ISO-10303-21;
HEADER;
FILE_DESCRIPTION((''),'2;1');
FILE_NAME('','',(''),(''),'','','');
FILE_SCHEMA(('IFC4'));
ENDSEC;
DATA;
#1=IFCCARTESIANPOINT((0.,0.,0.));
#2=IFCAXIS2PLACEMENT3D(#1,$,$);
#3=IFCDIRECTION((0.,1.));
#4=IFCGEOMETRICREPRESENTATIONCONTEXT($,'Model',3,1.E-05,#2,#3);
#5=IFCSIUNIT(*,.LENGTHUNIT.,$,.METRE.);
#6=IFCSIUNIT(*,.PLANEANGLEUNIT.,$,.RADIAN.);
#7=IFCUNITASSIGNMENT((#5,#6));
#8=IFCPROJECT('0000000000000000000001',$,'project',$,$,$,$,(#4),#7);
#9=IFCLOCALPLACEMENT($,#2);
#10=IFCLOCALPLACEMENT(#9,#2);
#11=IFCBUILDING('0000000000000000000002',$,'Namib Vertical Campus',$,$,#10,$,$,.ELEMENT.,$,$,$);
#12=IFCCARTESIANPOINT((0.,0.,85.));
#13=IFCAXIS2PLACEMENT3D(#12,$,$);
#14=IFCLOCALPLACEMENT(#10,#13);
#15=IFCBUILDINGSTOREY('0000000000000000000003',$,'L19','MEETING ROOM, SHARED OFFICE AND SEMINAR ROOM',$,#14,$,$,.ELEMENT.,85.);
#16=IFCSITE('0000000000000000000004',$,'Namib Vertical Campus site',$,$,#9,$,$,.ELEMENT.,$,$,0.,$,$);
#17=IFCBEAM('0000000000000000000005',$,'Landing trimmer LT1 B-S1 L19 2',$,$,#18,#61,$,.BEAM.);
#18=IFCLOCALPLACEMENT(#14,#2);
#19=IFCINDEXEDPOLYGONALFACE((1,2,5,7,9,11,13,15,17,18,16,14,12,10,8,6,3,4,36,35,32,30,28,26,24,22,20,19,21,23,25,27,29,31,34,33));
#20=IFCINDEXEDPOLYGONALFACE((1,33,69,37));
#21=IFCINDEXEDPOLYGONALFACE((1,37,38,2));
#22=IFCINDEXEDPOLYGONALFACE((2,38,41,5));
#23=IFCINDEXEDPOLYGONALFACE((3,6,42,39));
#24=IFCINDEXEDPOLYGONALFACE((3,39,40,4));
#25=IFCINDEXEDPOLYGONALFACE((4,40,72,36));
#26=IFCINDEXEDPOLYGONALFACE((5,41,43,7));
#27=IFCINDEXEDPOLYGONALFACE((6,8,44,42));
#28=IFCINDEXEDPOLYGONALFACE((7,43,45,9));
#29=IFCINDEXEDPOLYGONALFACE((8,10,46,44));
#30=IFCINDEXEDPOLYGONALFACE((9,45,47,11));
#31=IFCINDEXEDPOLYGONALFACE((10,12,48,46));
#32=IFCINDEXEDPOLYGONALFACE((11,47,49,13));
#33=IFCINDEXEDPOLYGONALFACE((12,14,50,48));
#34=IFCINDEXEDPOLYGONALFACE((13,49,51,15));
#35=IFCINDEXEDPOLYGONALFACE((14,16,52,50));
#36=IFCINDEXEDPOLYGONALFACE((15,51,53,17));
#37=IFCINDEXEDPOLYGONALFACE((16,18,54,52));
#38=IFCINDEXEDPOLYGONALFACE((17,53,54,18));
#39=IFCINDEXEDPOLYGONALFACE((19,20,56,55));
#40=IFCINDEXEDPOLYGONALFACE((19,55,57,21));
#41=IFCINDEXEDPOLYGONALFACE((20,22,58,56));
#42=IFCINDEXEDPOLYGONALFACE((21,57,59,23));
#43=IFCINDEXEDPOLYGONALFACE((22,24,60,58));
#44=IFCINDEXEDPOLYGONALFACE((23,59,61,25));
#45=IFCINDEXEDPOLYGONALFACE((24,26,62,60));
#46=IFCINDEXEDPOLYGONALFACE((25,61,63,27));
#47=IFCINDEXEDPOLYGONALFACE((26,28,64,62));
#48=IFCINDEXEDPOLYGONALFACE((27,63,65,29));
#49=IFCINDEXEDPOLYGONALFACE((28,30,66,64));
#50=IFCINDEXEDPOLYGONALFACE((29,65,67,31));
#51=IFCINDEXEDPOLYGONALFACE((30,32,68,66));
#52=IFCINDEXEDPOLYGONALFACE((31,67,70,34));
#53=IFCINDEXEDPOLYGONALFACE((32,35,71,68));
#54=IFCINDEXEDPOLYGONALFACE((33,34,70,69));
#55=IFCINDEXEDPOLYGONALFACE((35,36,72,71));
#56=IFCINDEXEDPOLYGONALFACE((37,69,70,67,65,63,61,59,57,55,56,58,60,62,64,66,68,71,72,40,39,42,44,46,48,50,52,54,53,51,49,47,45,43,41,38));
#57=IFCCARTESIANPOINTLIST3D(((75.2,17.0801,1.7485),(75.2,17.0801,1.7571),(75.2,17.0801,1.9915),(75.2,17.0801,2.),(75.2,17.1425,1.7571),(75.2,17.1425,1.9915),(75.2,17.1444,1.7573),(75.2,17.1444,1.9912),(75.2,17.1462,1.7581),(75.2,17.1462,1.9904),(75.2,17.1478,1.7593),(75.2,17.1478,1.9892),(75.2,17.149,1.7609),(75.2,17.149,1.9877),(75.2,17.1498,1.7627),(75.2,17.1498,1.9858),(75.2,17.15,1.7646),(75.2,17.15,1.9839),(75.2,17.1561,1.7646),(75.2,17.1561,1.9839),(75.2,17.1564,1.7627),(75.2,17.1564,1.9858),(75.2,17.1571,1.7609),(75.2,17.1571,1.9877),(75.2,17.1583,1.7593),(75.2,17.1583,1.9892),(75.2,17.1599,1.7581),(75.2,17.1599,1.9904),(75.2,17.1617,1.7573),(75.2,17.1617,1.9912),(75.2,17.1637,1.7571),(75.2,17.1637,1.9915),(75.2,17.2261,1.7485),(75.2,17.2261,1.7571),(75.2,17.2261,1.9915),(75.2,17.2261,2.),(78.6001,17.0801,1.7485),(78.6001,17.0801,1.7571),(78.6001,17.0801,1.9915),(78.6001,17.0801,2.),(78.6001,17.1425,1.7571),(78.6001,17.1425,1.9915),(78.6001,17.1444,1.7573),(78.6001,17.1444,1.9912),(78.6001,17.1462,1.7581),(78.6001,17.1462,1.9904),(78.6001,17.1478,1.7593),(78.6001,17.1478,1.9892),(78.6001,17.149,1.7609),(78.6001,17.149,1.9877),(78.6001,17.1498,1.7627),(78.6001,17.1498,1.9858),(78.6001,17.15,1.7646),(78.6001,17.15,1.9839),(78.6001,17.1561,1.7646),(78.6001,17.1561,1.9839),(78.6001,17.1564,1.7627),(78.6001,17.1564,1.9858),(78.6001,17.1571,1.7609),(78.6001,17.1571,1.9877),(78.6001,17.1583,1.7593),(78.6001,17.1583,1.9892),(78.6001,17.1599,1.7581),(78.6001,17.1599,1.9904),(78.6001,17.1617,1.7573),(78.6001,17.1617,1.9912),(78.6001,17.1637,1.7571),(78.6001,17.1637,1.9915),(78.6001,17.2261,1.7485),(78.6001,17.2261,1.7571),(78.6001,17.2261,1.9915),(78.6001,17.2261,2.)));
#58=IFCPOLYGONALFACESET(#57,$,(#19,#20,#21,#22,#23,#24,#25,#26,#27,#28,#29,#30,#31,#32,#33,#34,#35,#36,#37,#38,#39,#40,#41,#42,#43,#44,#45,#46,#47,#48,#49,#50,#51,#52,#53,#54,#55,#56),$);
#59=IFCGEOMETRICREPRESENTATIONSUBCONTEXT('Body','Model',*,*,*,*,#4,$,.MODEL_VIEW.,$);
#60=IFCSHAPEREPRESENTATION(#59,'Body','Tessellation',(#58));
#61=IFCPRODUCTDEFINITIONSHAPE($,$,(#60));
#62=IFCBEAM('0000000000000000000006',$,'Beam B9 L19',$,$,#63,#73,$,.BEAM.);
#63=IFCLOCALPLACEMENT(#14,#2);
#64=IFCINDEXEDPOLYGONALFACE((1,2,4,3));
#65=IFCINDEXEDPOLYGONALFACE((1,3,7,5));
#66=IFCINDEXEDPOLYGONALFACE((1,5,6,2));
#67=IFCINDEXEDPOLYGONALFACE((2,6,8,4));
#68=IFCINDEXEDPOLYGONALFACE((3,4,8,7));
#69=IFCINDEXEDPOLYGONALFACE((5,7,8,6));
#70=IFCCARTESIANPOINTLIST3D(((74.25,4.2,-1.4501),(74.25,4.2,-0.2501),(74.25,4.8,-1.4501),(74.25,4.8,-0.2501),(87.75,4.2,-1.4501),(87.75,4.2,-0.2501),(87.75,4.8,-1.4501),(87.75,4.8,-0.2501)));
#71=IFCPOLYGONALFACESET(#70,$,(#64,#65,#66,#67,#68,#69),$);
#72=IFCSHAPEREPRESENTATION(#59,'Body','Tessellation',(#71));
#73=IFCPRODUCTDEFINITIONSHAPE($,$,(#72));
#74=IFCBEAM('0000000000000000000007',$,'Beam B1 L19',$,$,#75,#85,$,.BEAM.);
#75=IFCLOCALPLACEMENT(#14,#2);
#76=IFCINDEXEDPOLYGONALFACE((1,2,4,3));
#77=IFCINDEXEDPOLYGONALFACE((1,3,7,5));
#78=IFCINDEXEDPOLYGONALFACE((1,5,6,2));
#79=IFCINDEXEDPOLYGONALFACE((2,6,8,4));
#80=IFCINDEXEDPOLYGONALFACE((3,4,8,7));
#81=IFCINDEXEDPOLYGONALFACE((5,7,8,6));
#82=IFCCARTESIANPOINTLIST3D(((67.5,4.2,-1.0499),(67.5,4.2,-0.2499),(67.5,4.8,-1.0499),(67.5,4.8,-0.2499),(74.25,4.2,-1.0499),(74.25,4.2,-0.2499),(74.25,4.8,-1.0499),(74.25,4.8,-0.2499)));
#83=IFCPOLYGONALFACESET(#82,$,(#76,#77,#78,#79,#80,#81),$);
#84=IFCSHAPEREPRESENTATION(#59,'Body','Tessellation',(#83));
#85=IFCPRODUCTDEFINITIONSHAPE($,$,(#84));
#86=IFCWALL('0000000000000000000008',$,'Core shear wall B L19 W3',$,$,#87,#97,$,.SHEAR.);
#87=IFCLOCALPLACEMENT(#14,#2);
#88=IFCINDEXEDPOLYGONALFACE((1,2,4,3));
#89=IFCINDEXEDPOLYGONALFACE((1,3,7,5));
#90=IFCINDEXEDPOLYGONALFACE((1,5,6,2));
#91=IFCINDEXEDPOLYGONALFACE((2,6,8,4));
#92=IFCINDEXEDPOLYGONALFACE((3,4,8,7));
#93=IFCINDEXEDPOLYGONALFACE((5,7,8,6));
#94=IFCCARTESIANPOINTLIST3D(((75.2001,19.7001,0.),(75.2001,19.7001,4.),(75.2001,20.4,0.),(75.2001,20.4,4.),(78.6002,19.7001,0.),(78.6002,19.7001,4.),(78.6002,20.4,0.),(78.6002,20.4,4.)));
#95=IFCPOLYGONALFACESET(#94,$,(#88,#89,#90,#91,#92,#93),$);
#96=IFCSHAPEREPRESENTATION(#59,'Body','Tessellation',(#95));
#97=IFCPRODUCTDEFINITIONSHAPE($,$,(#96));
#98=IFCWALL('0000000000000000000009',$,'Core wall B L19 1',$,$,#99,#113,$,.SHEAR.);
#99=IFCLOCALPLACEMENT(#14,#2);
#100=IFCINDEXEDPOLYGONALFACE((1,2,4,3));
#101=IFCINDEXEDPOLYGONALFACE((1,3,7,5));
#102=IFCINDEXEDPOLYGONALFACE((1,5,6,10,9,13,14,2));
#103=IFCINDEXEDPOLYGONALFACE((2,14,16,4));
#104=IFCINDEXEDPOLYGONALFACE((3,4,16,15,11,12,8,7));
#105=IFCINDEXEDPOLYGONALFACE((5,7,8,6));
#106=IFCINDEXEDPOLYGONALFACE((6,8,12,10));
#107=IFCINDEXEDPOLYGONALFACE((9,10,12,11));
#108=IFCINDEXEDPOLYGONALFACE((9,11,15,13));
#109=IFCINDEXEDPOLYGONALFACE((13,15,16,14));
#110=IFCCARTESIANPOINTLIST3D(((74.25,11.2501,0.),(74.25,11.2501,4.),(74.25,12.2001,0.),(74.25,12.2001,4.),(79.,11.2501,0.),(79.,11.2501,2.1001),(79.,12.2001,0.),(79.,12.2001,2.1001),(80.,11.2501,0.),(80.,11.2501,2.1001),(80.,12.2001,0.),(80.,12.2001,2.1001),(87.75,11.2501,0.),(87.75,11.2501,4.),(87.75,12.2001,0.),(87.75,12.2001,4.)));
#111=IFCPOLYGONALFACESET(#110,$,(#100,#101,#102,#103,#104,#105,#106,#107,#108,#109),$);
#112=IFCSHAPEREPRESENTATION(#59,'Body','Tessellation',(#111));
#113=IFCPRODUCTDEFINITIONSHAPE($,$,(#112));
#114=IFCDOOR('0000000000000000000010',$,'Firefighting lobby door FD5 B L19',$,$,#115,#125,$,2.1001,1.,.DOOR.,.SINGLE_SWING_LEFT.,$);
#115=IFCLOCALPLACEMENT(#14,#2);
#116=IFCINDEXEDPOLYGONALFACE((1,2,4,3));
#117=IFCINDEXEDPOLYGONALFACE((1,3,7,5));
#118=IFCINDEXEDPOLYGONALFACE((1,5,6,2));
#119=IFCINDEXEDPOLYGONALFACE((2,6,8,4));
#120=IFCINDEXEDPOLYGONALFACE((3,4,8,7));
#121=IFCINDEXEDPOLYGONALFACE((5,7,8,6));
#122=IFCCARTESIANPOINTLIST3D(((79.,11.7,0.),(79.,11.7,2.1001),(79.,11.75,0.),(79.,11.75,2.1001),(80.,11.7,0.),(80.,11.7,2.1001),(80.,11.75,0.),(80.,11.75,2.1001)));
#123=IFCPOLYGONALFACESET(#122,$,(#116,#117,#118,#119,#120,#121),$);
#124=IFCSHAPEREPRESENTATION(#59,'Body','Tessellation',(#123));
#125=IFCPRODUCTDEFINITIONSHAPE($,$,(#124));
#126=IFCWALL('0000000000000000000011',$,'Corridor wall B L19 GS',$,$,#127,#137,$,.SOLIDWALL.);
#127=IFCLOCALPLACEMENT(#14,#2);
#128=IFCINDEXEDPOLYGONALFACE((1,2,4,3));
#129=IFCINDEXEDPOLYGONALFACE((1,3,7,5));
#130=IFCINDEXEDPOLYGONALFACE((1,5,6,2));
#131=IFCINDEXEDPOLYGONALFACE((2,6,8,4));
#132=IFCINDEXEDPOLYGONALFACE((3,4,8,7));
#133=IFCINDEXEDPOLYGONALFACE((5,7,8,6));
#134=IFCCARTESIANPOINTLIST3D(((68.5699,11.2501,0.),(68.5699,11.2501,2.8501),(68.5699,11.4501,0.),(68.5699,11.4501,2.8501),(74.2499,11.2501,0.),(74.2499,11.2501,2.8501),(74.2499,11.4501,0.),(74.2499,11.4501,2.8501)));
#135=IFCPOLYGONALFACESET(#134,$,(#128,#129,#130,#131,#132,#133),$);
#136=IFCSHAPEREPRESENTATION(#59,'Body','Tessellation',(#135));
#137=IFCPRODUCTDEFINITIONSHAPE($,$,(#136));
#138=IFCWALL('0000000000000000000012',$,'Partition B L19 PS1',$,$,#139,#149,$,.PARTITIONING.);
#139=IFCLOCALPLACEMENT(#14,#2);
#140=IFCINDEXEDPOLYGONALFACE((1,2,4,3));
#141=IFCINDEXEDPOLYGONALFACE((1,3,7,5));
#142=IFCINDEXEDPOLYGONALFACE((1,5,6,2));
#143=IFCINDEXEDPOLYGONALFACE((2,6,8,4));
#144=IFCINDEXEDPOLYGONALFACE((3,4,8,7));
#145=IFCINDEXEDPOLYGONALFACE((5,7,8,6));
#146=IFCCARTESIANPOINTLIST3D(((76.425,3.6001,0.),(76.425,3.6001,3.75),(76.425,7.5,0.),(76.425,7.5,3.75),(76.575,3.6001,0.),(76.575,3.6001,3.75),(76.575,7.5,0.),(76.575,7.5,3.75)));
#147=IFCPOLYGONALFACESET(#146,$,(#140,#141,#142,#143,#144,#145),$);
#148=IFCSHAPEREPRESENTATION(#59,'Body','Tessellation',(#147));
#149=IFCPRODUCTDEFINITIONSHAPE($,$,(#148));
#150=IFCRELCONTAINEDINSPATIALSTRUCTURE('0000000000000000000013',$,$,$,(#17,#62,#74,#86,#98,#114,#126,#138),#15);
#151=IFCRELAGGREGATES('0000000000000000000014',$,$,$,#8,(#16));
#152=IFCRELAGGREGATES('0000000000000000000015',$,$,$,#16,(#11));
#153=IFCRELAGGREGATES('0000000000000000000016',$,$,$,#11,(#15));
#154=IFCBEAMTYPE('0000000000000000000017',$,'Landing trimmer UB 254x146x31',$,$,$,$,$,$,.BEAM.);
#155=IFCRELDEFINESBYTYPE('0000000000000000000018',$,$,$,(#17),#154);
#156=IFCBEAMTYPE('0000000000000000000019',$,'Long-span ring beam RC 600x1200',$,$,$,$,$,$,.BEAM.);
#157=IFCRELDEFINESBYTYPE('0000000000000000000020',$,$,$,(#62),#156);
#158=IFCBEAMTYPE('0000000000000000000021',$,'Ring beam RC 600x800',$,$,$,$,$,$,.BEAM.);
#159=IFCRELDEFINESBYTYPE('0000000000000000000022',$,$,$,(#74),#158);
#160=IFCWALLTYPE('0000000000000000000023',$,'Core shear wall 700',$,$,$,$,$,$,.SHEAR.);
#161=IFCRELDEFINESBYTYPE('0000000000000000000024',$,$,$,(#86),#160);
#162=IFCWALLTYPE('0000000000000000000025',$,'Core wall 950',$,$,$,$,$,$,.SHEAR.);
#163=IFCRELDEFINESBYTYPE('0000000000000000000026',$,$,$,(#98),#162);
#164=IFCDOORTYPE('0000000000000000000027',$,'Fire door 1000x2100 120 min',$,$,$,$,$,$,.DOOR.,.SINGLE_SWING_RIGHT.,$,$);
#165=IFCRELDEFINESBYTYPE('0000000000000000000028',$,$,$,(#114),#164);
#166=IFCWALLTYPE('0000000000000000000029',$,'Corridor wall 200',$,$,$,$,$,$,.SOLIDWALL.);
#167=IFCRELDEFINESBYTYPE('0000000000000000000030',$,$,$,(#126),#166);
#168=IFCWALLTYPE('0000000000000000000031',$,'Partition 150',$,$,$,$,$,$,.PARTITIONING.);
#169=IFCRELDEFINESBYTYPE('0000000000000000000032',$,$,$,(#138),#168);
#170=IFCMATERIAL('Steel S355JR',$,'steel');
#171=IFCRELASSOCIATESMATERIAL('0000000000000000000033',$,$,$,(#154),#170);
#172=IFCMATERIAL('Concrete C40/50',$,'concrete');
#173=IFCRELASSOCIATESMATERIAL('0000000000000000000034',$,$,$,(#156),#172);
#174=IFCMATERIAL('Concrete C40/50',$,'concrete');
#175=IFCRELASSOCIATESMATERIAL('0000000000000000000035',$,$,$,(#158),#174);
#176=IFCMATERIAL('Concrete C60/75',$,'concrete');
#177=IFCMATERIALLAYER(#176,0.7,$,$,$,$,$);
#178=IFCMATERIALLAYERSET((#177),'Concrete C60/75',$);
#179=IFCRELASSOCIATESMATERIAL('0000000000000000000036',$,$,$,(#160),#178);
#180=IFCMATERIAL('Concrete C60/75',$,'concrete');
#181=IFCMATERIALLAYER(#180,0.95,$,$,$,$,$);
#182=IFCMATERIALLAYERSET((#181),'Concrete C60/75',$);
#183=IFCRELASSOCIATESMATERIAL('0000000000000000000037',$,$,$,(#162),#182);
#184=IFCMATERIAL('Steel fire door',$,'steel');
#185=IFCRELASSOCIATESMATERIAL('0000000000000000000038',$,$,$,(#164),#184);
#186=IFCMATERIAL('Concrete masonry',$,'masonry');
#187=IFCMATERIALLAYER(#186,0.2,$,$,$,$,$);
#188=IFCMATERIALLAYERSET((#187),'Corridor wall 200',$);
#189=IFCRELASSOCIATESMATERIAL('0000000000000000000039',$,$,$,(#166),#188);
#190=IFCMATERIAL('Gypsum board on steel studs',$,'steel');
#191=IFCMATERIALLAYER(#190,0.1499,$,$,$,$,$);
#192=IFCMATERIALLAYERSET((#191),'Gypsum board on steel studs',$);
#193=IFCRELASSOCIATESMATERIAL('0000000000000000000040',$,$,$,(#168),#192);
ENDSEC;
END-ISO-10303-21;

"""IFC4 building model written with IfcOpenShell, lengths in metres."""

from ifc_helpers import new_model, si_unit, direction, frame, frame_2d, origin, origin_2d, place, context, subcontext, project, spatial, rectangle, i_section, extrude, material, layer, layer_set, material_profile, profile_set, type_object, element, fill, save


model = new_model("IFC4")

# Units and contexts
model_context = context("Model", 3, precision=1e-05, world=origin(), true_north=direction((0.0, 1.0)))
body_context = subcontext(model_context, "Body", "Model", "MODEL_VIEW")
ifc_project = project(units=[si_unit("LENGTHUNIT", "METRE"), si_unit("PLANEANGLEUNIT", "RADIAN")], contexts=[model_context])

# Site, building, storey
site_placement = place(None, origin())
site = spatial("IfcSite", under=ifc_project, at=site_placement, Name="Namib Vertical Campus site", CompositionType="ELEMENT", RefElevation=0.0)
building_placement = place(site_placement, origin())
building = spatial("IfcBuilding", under=site, at=building_placement, Name="Namib Vertical Campus", CompositionType="ELEMENT")
storey_placement = place(building_placement, frame((0.0, 0.0, 85.0)))
storey = spatial("IfcBuildingStorey", under=building, at=storey_placement, Name="L19", Description="MEETING ROOM, SHARED OFFICE AND SEMINAR ROOM", CompositionType="ELEMENT", Elevation=85.0)

# Beams
ifc_material_1 = material(Name="Steel S355JR", Category="steel")
ifc_material_profile_1 = material_profile(ifc_material_1, i_section(OverallWidth=0.146, OverallDepth=0.2515, WebThickness=0.0061, FlangeThickness=0.0085, FilletRadius=0.0076, at=origin_2d()))
ifc_profile_set_1 = profile_set([ifc_material_profile_1], Name="Steel S355JR")
beam_type_1 = type_object("IfcBeamType", Name="Landing trimmer UB 254x146x31", PredefinedType="BEAM", material=ifc_profile_set_1)
for number, where, z_axis, x_axis, name in (
    (1, (75.2, 17.1531, 1.8743), (1.0, 0.0, 0.0), (0.0, 1.0, 0.0), "Landing trimmer LT1 B-S1 L19 2"),
):
    element("IfcBeam", number, at=place(storey_placement, frame(where, z_axis=z_axis, x_axis=x_axis)), inside=storey, type_object=beam_type_1, Name=name, PredefinedType="BEAM", context=body_context, shape_type="SweptSolid", body=[
        extrude(i_section(OverallWidth=0.146, OverallDepth=0.2515, WebThickness=0.0061, FlangeThickness=0.0085, FilletRadius=0.0076, at=origin_2d()), origin(), (0.0, 0.0, 1.0), 3.4001),
    ])
ifc_material_2 = material(Name="Concrete C40/50", Category="concrete")
ifc_material_profile_2 = material_profile(ifc_material_2, rectangle(XDim=0.6001, YDim=1.2, at=origin_2d()))
ifc_profile_set_2 = profile_set([ifc_material_profile_2], Name="Concrete C40/50")
beam_type_2 = type_object("IfcBeamType", Name="Long-span ring beam RC 600x1200", PredefinedType="BEAM", material=ifc_profile_set_2)
beam_1_placement = place(storey_placement, frame((74.25, 4.5, -0.8501), z_axis=(1.0, 0.0, 0.0), x_axis=(0.0, 1.0, 0.0)))
element("IfcBeam", 2, at=beam_1_placement, inside=storey, type_object=beam_type_2, Name="Beam B9 L19", PredefinedType="BEAM", context=body_context, shape_type="SweptSolid", body=[
    extrude(rectangle(XDim=0.6001, YDim=1.2, at=origin_2d()), origin(), (0.0, 0.0, 1.0), 13.5),
])
ifc_material_3 = material(Name="Concrete C40/50", Category="concrete")
ifc_material_profile_3 = material_profile(ifc_material_3, rectangle(XDim=0.6001, YDim=0.8, at=origin_2d()))
ifc_profile_set_3 = profile_set([ifc_material_profile_3], Name="Concrete C40/50")
beam_type_3 = type_object("IfcBeamType", Name="Ring beam RC 600x800", PredefinedType="BEAM", material=ifc_profile_set_3)
beam_2_placement = place(storey_placement, frame((67.5, 4.5, -0.6499), z_axis=(1.0, 0.0, 0.0), x_axis=(0.0, 1.0, 0.0)))
element("IfcBeam", 3, at=beam_2_placement, inside=storey, type_object=beam_type_3, Name="Beam B1 L19", PredefinedType="BEAM", context=body_context, shape_type="SweptSolid", body=[
    extrude(rectangle(XDim=0.6001, YDim=0.8, at=origin_2d()), origin(), (0.0, 0.0, 1.0), 6.75),
])

# Wall
ifc_material_4 = material(Name="Concrete C60/75", Category="concrete")
ifc_layer_1 = layer(ifc_material_4, 0.7)
ifc_layer_set_1 = layer_set([ifc_layer_1], Name="Concrete C60/75")
wall_type_1 = type_object("IfcWallType", Name="Core shear wall 700", PredefinedType="SHEAR", material=ifc_layer_set_1)
wall_1_placement = place(storey_placement, frame((75.2, 20.05, 0.0), z_axis=(0.0, 0.0, 1.0), x_axis=(1.0, 0.0, 0.0)))
element("IfcWall", 4, at=wall_1_placement, inside=storey, type_object=wall_type_1, Name="Core shear wall B L19 W3", PredefinedType="SHEAR", context=body_context, shape_type="SweptSolid", body=[
    extrude(rectangle(XDim=3.4001, YDim=0.7, at=frame_2d((1.7002, 0.0))), origin(), (0.0, 0.0, 1.0), 4.0),
])

# Wall, opening, door
ifc_material_5 = material(Name="Concrete C60/75", Category="concrete")
ifc_layer_2 = layer(ifc_material_5, 0.95)
ifc_layer_set_2 = layer_set([ifc_layer_2], Name="Concrete C60/75")
wall_type_2 = type_object("IfcWallType", Name="Core wall 950", PredefinedType="SHEAR", material=ifc_layer_set_2)
wall_2_placement = place(storey_placement, frame((74.25, 11.7251, 0.0), z_axis=(0.0, 0.0, 1.0), x_axis=(1.0, 0.0, 0.0)))
wall_2 = element("IfcWall", 5, at=wall_2_placement, inside=storey, type_object=wall_type_2, Name="Core wall B L19 1", PredefinedType="SHEAR", context=body_context, shape_type="SweptSolid", body=[
    extrude(rectangle(XDim=13.5, YDim=0.95, at=frame_2d((6.75, 0.0))), origin(), (0.0, 0.0, 1.0), 4.0),
])
opening_placement = place(wall_2_placement, frame((4.75, 0.0, 0.0)))
opening = element("IfcOpeningElement", 6, at=opening_placement, cuts=wall_2, PredefinedType="OPENING", context=body_context, shape_type="SweptSolid", body=[
    extrude(rectangle(XDim=1.0, YDim=2.1001, at=frame_2d((0.5, 1.05))), frame((0.0, 0.4849, 0.0), z_axis=(0.0, -1.0, 0.0), x_axis=(1.0, 0.0, 0.0)), (0.0, 0.0, 1.0), 0.97),
])
ifc_material_6 = material(Name="Steel fire door", Category="steel")
door_type = type_object("IfcDoorType", Name="Fire door 1000x2100 120 min", OperationType="SINGLE_SWING_RIGHT", PredefinedType="DOOR", material=ifc_material_6)
door_placement = place(opening_placement, origin())
door = element("IfcDoor", 7, at=door_placement, inside=storey, type_object=door_type, Name="Firefighting lobby door FD5 B L19", OperationType="SINGLE_SWING_LEFT", OverallHeight=2.1001, OverallWidth=1.0, PredefinedType="DOOR", context=body_context, shape_type="SweptSolid", body=[
    extrude(rectangle(XDim=1.0, YDim=2.1001, at=frame_2d((0.5, 1.05))), frame((0.0, 0.0249, 0.0), z_axis=(0.0, -1.0, 0.0), x_axis=(1.0, 0.0, 0.0)), (0.0, 0.0, 1.0), 0.05),
])
fill(opening, door)

# Walls
ifc_material_7 = material(Name="Concrete masonry", Category="masonry")
ifc_layer_3 = layer(ifc_material_7, 0.2)
ifc_layer_set_3 = layer_set([ifc_layer_3], Name="Corridor wall 200")
wall_type_3 = type_object("IfcWallType", Name="Corridor wall 200", PredefinedType="SOLIDWALL", material=ifc_layer_set_3)
wall_3_placement = place(storey_placement, frame((68.5701, 11.3501, 0.0), z_axis=(0.0, 0.0, 1.0), x_axis=(1.0, 0.0, 0.0)))
element("IfcWall", 8, at=wall_3_placement, inside=storey, type_object=wall_type_3, Name="Corridor wall B L19 GS", PredefinedType="SOLIDWALL", context=body_context, shape_type="SweptSolid", body=[
    extrude(rectangle(XDim=5.6799, YDim=0.2, at=frame_2d((2.8398, 0.0))), origin(), (0.0, 0.0, 1.0), 2.8501),
])
ifc_material_8 = material(Name="Gypsum board on steel studs", Category="steel")
ifc_layer_4 = layer(ifc_material_8, 0.1499)
ifc_layer_set_4 = layer_set([ifc_layer_4], Name="Gypsum board on steel studs")
wall_type_4 = type_object("IfcWallType", Name="Partition 150", PredefinedType="PARTITIONING", material=ifc_layer_set_4)
wall_4_placement = place(storey_placement, frame((76.5, 3.6001, 0.0), z_axis=(0.0, 0.0, 1.0), x_axis=(0.0, 1.0, 0.0)))
element("IfcWall", 9, at=wall_4_placement, inside=storey, type_object=wall_type_4, Name="Partition B L19 PS1", PredefinedType="PARTITIONING", context=body_context, shape_type="SweptSolid", body=[
    extrude(rectangle(XDim=3.8999, YDim=0.1499, at=frame_2d((1.95, 0.0))), origin(), (0.0, 0.0, 1.0), 3.75),
])

save(model, "model.ifc")
